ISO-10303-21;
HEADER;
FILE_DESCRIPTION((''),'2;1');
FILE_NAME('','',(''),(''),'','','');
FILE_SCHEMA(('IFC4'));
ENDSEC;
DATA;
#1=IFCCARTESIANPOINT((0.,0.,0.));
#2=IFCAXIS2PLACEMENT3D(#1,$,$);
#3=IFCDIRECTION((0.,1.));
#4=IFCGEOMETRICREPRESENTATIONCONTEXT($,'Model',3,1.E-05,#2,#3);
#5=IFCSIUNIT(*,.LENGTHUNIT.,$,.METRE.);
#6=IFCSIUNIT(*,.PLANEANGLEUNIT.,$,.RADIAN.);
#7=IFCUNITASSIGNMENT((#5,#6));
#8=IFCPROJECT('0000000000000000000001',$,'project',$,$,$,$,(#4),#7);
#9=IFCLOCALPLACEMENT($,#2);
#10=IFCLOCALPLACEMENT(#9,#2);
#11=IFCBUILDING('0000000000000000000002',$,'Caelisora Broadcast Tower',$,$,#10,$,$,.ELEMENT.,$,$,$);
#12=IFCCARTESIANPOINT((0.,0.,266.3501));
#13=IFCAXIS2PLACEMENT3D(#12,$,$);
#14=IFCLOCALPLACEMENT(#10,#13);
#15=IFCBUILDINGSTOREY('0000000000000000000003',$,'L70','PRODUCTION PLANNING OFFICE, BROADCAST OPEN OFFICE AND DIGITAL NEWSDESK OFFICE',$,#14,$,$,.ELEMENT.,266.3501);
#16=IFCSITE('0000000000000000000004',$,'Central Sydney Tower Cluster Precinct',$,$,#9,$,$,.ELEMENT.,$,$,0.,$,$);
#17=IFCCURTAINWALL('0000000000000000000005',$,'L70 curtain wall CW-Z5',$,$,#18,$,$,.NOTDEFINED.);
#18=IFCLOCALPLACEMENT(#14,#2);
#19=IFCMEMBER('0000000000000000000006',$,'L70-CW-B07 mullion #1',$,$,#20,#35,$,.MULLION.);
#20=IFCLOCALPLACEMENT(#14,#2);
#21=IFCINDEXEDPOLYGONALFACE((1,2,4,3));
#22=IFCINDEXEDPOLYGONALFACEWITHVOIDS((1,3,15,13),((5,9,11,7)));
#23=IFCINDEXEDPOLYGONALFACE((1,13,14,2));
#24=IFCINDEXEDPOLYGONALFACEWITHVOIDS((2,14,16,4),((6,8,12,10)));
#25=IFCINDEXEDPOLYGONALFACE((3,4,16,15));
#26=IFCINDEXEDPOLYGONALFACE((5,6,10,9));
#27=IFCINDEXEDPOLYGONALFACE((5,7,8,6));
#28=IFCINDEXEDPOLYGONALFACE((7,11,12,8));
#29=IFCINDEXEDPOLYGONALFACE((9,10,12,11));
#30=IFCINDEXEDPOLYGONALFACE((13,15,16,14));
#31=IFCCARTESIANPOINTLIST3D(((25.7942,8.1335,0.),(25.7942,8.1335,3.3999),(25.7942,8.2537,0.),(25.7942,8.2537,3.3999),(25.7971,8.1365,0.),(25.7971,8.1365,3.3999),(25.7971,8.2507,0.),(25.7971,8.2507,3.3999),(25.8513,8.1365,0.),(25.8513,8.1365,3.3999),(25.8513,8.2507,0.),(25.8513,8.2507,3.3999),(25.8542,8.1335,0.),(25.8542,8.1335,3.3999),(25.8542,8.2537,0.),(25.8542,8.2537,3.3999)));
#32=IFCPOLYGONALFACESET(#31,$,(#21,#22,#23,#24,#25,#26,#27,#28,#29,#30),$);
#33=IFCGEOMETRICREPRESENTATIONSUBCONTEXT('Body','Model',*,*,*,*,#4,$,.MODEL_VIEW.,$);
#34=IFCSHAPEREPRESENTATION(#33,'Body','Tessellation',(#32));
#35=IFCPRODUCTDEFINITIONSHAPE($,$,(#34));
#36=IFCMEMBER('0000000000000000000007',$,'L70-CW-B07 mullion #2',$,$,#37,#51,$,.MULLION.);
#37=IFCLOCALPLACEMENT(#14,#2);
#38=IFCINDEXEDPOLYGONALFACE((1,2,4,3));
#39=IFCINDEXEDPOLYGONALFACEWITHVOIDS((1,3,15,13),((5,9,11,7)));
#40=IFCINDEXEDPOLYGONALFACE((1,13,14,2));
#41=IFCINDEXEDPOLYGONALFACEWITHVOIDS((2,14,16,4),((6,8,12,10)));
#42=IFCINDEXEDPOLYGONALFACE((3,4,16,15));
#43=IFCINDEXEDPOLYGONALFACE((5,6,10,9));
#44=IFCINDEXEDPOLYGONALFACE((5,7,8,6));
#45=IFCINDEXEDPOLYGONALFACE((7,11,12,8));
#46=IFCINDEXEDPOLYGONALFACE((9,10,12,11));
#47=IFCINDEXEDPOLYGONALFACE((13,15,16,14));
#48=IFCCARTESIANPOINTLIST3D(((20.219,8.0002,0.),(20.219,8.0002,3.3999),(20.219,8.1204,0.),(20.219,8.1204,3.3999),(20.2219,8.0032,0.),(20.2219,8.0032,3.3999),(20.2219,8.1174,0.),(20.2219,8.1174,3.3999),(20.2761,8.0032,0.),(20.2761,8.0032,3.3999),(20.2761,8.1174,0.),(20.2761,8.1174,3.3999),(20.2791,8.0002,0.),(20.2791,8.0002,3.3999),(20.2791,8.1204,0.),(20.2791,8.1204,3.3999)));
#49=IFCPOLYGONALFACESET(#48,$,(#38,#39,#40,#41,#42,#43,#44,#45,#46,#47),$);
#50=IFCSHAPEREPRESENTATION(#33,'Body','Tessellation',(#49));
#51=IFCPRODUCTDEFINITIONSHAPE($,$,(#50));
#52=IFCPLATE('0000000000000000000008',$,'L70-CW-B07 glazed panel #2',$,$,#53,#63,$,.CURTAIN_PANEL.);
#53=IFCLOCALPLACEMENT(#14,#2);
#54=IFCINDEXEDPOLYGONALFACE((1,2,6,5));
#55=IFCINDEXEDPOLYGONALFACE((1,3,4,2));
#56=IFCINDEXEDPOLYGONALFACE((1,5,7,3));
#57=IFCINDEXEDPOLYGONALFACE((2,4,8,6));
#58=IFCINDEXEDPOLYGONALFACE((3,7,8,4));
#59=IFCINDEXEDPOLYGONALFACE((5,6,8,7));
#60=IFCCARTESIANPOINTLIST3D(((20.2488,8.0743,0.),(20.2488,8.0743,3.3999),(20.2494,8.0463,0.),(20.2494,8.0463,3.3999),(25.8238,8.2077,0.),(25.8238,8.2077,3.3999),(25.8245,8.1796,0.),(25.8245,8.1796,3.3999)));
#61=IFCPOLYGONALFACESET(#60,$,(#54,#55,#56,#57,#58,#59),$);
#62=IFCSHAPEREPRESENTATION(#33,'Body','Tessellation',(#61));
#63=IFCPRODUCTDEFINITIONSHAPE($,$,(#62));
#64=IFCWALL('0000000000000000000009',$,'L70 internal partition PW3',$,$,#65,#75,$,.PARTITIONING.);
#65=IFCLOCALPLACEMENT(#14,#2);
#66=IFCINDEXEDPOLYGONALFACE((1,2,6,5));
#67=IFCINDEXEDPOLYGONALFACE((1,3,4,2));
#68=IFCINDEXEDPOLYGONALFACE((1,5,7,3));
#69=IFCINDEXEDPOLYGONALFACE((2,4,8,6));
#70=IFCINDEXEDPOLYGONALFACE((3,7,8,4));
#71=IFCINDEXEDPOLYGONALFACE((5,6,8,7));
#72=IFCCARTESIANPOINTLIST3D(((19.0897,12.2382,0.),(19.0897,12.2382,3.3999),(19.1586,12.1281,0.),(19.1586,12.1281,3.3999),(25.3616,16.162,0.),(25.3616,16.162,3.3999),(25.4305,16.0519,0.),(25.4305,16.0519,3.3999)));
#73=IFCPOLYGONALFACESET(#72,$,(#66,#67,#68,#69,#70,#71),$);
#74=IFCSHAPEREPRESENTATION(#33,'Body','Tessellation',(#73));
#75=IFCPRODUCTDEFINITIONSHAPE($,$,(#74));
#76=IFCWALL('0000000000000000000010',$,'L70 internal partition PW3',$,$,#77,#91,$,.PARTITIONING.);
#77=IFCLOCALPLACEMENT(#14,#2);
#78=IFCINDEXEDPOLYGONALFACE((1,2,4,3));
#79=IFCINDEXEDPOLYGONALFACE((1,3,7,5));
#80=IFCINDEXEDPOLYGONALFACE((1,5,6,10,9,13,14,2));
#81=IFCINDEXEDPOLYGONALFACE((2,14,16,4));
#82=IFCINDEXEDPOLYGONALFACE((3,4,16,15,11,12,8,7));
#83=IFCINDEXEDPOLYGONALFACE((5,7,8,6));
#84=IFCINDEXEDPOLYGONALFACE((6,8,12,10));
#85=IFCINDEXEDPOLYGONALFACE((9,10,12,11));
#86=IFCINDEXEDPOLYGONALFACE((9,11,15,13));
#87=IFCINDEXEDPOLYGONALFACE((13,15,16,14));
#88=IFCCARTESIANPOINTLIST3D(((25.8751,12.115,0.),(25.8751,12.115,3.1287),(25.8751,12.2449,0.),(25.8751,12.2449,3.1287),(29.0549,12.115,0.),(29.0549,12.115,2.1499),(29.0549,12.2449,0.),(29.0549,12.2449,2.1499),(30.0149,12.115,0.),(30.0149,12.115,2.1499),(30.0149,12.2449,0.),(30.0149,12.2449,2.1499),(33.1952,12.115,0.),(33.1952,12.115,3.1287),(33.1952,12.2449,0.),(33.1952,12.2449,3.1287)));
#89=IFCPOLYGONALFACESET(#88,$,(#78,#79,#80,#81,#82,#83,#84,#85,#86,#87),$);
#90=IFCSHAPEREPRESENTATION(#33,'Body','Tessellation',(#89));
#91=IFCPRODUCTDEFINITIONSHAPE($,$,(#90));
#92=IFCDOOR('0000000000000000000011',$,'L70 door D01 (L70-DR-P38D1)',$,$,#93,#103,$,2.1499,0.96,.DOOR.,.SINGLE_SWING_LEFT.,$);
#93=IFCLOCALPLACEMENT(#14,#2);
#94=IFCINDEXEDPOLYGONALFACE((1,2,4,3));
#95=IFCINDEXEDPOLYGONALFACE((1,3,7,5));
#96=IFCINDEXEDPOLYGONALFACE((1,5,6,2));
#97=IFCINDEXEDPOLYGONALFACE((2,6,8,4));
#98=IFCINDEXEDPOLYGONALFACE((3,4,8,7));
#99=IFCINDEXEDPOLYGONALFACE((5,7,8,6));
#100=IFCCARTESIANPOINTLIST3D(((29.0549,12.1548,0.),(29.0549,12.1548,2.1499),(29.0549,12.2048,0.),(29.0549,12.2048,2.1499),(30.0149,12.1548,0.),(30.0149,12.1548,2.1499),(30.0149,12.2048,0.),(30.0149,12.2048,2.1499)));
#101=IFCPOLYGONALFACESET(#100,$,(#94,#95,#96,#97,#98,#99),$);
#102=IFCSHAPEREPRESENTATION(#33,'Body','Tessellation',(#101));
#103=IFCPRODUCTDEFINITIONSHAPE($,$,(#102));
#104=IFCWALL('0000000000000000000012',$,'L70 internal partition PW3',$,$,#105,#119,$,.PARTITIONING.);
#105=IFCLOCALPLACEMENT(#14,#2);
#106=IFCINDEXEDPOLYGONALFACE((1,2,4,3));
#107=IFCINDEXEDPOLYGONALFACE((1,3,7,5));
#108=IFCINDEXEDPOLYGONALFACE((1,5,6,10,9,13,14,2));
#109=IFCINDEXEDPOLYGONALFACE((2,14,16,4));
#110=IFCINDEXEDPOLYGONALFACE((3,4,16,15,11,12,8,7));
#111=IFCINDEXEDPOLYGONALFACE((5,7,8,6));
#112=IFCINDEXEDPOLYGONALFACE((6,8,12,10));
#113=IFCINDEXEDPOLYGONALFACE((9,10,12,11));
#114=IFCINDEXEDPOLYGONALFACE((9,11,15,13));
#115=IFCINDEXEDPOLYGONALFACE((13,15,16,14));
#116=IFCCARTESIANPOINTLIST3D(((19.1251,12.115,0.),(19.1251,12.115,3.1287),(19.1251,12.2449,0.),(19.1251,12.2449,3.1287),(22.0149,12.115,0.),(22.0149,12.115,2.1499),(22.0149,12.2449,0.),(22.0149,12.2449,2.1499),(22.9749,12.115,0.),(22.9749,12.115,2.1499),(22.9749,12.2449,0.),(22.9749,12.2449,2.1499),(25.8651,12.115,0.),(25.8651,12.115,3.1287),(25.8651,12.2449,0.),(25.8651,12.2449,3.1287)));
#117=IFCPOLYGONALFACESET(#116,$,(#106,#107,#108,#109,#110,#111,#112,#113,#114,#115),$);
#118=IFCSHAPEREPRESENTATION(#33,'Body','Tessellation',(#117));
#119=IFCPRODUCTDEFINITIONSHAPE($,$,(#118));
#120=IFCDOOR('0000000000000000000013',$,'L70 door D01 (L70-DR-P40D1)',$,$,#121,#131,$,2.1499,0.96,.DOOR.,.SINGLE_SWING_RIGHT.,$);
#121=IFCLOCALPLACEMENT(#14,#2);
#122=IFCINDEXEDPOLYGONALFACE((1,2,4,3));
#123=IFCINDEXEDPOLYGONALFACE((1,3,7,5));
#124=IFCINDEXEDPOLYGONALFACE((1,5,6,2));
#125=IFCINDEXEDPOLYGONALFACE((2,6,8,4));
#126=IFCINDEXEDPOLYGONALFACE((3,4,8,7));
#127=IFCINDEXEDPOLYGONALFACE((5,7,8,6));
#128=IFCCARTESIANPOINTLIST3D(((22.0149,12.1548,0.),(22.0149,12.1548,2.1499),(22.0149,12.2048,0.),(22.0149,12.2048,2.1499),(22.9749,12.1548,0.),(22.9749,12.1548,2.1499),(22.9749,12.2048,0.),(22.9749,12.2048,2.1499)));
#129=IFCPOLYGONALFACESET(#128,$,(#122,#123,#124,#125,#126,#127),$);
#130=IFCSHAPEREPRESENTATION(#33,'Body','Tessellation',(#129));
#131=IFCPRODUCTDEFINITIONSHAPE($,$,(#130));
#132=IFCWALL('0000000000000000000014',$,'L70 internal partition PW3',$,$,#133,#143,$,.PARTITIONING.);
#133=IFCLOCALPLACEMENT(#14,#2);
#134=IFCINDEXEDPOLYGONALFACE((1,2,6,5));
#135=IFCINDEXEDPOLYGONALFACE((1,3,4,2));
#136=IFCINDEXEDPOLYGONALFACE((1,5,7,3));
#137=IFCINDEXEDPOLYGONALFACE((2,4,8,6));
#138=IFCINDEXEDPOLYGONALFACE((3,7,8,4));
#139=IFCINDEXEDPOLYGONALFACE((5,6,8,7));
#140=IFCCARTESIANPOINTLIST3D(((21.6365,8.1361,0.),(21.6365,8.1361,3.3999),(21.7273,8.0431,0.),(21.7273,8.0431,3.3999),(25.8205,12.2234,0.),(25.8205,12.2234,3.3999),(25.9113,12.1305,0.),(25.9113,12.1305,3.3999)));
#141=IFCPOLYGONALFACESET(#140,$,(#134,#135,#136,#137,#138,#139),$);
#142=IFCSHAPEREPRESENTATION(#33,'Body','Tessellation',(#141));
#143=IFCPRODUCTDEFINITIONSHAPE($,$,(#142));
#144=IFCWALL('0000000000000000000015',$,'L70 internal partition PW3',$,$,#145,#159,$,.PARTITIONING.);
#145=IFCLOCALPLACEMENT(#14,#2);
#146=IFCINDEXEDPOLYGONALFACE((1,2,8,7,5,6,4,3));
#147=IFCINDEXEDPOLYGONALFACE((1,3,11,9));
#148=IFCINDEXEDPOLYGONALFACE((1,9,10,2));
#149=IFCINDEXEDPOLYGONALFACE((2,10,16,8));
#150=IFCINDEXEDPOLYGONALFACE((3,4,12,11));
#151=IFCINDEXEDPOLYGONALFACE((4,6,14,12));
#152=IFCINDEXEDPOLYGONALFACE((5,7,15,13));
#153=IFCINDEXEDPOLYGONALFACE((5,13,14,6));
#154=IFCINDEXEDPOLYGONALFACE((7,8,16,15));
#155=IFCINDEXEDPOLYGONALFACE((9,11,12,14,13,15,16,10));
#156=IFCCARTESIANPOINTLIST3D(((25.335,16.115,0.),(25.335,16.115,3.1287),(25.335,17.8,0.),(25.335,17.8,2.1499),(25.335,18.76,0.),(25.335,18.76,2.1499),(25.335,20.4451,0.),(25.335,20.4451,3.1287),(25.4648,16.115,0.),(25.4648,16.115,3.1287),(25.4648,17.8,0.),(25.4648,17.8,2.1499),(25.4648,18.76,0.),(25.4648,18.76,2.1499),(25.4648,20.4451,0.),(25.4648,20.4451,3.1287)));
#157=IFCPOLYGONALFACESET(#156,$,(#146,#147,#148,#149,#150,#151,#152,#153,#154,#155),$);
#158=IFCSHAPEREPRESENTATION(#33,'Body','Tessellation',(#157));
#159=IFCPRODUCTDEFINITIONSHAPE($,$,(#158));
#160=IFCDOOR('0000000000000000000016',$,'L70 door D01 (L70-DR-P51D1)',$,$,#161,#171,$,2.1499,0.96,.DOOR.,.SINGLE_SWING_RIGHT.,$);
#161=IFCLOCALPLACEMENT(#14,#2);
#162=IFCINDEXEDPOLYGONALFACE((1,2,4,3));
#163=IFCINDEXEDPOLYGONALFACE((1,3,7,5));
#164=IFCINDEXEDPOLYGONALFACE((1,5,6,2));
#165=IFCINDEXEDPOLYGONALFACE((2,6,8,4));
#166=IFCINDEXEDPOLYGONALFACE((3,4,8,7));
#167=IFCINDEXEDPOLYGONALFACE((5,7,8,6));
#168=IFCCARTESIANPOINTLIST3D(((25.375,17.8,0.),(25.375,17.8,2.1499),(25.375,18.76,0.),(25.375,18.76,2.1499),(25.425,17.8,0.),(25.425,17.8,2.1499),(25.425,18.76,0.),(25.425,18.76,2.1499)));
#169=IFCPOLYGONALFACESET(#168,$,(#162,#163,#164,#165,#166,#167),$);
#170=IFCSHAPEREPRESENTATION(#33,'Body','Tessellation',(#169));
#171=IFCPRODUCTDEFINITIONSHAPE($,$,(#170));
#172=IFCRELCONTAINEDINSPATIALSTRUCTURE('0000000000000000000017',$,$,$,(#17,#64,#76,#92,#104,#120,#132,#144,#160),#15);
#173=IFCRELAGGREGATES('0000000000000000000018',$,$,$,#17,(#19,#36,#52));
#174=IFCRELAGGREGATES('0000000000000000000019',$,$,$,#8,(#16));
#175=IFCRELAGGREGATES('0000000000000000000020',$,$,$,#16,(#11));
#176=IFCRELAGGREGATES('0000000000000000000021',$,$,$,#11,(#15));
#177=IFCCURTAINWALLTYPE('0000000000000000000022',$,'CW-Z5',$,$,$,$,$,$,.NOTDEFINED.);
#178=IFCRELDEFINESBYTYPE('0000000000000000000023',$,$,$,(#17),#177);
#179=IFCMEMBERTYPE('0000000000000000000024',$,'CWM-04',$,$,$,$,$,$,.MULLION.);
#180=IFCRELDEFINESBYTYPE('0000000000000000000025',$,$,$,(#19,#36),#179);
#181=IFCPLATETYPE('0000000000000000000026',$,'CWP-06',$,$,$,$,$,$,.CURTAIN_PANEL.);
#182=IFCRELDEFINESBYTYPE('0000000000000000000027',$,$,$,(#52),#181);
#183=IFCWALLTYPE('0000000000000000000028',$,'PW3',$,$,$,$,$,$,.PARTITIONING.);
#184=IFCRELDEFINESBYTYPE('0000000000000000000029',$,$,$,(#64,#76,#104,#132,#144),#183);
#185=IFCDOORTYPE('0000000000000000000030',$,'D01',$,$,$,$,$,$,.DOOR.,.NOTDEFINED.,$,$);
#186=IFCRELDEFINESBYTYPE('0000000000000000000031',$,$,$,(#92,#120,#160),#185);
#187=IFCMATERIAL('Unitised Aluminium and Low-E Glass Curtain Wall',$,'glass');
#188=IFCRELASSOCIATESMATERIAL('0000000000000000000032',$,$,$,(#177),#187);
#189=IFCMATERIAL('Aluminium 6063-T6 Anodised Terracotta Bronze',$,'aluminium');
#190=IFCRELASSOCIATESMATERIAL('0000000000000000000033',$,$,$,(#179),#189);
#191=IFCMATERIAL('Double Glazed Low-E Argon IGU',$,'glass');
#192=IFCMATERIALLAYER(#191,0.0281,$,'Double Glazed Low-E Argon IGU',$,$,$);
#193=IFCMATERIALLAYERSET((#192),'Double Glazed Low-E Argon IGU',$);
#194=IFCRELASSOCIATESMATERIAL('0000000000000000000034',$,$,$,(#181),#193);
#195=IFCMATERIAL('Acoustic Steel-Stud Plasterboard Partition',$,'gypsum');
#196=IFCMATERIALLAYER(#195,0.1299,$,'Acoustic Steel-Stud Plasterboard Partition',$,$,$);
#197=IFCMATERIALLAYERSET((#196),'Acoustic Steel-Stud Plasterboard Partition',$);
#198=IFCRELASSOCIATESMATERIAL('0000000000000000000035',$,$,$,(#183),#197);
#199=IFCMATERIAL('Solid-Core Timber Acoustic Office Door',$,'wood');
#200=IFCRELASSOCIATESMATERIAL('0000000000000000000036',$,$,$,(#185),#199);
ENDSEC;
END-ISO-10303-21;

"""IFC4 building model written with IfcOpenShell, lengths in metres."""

from ifc_helpers import new_model, si_unit, direction, frame, frame_2d, origin, origin_2d, place, context, subcontext, project, spatial, rectangle, hollow_rectangle, extrude, source, transform, mapped, material, layer, layer_set, material_profile, profile_set, type_object, type_shapes, element, fill, aggregate, save


model = new_model("IFC4")

# Units and contexts
model_context = context("Model", 3, precision=1e-05, world=origin(), true_north=direction((0.0, 1.0)))
body_context = subcontext(model_context, "Body", "Model", "MODEL_VIEW")
ifc_project = project(units=[si_unit("LENGTHUNIT", "METRE"), si_unit("PLANEANGLEUNIT", "RADIAN")], contexts=[model_context])

# Site, building, storey
site_placement = place(None, origin())
site = spatial("IfcSite", under=ifc_project, at=site_placement, Name="Central Sydney Tower Cluster Precinct", CompositionType="ELEMENT", RefElevation=0.0)
building_placement = place(site_placement, origin())
building = spatial("IfcBuilding", under=site, at=building_placement, Name="Caelisora Broadcast Tower", CompositionType="ELEMENT")
storey_placement = place(building_placement, frame((0.0, 0.0, 266.3501)))
storey = spatial("IfcBuildingStorey", under=building, at=storey_placement, Name="L70", Description="PRODUCTION PLANNING OFFICE, BROADCAST OPEN OFFICE AND DIGITAL NEWSDESK OFFICE", CompositionType="ELEMENT", Elevation=266.3501)

# Curtain wall, members, plate
ifc_material_1 = material(Name="Unitised Aluminium and Low-E Glass Curtain Wall", Category="glass")
curtain_wall_type = type_object("IfcCurtainWallType", Name="CW-Z5", PredefinedType="NOTDEFINED", material=ifc_material_1)
curtain_wall_placement = place(storey_placement, origin())
curtain_wall = element("IfcCurtainWall", 1, at=curtain_wall_placement, inside=storey, type_object=curtain_wall_type, Name="L70 curtain wall CW-Z5", PredefinedType="NOTDEFINED")
ifc_material_2 = material(Name="Aluminium 6063-T6 Anodised Terracotta Bronze", Category="aluminium")
ifc_material_profile_1 = material_profile(ifc_material_2, hollow_rectangle(XDim=0.0601, YDim=0.1201, WallThickness=0.0029, at=origin_2d()), Name="Aluminium 6063-T6 Anodised Terracotta Bronze")
ifc_profile_set_1 = profile_set([ifc_material_profile_1], Name="Aluminium 6063-T6 Anodised Terracotta Bronze")
member_type = type_object("IfcMemberType", Name="CWM-04", PredefinedType="MULLION", material=ifc_profile_set_1)
shared_shape_1 = source(origin(), body_context, "Body", "SweptSolid", [
    extrude(hollow_rectangle(XDim=0.0601, YDim=0.1201, WallThickness=0.0029, at=origin_2d()), origin(), (0.0, 0.0, 1.0), 3.3999),
])
type_shapes(member_type, [shared_shape_1])
member_1_placement = place(storey_placement, frame((25.8242, 8.1936, 0.0), z_axis=(0.0, 0.0, 1.0), x_axis=(1.0, 0.0, 0.0)))
member_1 = element("IfcMember", 2, at=member_1_placement, type_object=member_type, Name="L70-CW-B07 mullion #1", PredefinedType="MULLION", context=body_context, shape_type="MappedRepresentation", body=[
    mapped(shared_shape_1, transform((0.0, 0.0, 0.0), scale=1.0)),
])
member_2_placement = place(storey_placement, frame((20.249, 8.0603, 0.0), z_axis=(0.0, 0.0, 1.0), x_axis=(1.0, 0.0, 0.0)))
member_2 = element("IfcMember", 3, at=member_2_placement, type_object=member_type, Name="L70-CW-B07 mullion #2", PredefinedType="MULLION", context=body_context, shape_type="MappedRepresentation", body=[
    mapped(shared_shape_1, transform((0.0, 0.0, 0.0), scale=1.0)),
])
ifc_material_3 = material(Name="Double Glazed Low-E Argon IGU", Category="glass")
ifc_layer_1 = layer(ifc_material_3, 0.0281, Name="Double Glazed Low-E Argon IGU")
ifc_layer_set_1 = layer_set([ifc_layer_1], Name="Double Glazed Low-E Argon IGU")
plate_type = type_object("IfcPlateType", Name="CWP-06", PredefinedType="CURTAIN_PANEL", material=ifc_layer_set_1)
shared_shape_2 = source(origin(), body_context, "Body", "SweptSolid", [
    extrude(rectangle(XDim=5.5767, YDim=0.0281, at=origin_2d()), origin(), (0.0, 0.0, 1.0), 3.3999),
])
type_shapes(plate_type, [shared_shape_2])
plate_placement = place(storey_placement, frame((23.0366, 8.127, 0.0), z_axis=(0.0, 0.0, 1.0), x_axis=(-0.999714, -0.023909, 0.0)))
plate = element("IfcPlate", 4, at=plate_placement, type_object=plate_type, Name="L70-CW-B07 glazed panel #2", PredefinedType="CURTAIN_PANEL", context=body_context, shape_type="MappedRepresentation", body=[
    mapped(shared_shape_2, transform((0.0, 0.0, 0.0), scale=1.0)),
])
aggregate(curtain_wall, [member_1, member_2, plate])

# Wall
ifc_material_4 = material(Name="Acoustic Steel-Stud Plasterboard Partition", Category="gypsum")
ifc_layer_2 = layer(ifc_material_4, 0.1299, Name="Acoustic Steel-Stud Plasterboard Partition")
ifc_layer_set_2 = layer_set([ifc_layer_2], Name="Acoustic Steel-Stud Plasterboard Partition")
wall_type = type_object("IfcWallType", Name="PW3", PredefinedType="PARTITIONING", material=ifc_layer_set_2)
wall_1_placement = place(storey_placement, frame((19.124, 12.1831, 0.0), z_axis=(0.0, 0.0, 1.0), x_axis=(0.847765, 0.530373, 0.0)))
element("IfcWall", 5, at=wall_1_placement, inside=storey, type_object=wall_type, Name="L70 internal partition PW3", PredefinedType="PARTITIONING", context=body_context, shape_type="SweptSolid", body=[
    extrude(rectangle(XDim=7.3982, YDim=0.1299, at=frame_2d((3.6992, 0.0))), origin(), (0.0, 0.0, 1.0), 3.3999),
])

# Walls, openings, doors
wall_2_placement = place(storey_placement, frame((25.875, 12.1799, 0.0), z_axis=(0.0, 0.0, 1.0), x_axis=(1.0, 0.0, 0.0)))
wall_2 = element("IfcWall", 6, at=wall_2_placement, inside=storey, type_object=wall_type, Name="L70 internal partition PW3", PredefinedType="PARTITIONING", context=body_context, shape_type="SweptSolid", body=[
    extrude(rectangle(XDim=7.3201, YDim=0.1299, at=frame_2d((3.6602, 0.0))), origin(), (0.0, 0.0, 1.0), 3.1287),
])
opening_1_placement = place(wall_2_placement, frame((3.1799, 0.0, 0.0)))
opening_1 = element("IfcOpeningElement", 7, at=opening_1_placement, cuts=wall_2, PredefinedType="OPENING", context=body_context, shape_type="SweptSolid", body=[
    extrude(rectangle(XDim=0.96, YDim=2.1499, at=frame_2d((0.48, 1.075))), frame((0.0, 0.0769, 0.0), z_axis=(0.0, -1.0, 0.0), x_axis=(1.0, 0.0, 0.0)), (0.0, 0.0, 1.0), 0.1538),
])
ifc_material_5 = material(Name="Solid-Core Timber Acoustic Office Door", Category="wood")
door_type = type_object("IfcDoorType", Name="D01", OperationType="NOTDEFINED", PredefinedType="DOOR", material=ifc_material_5)
door_1_placement = place(opening_1_placement, origin())
door_1 = element("IfcDoor", 8, at=door_1_placement, inside=storey, type_object=door_type, Name="L70 door D01 (L70-DR-P38D1)", OperationType="SINGLE_SWING_LEFT", OverallHeight=2.1499, OverallWidth=0.96, PredefinedType="DOOR", context=body_context, shape_type="SweptSolid", body=[
    extrude(rectangle(XDim=0.96, YDim=2.1499, at=frame_2d((0.48, 1.075))), frame((0.0, 0.0249, 0.0), z_axis=(0.0, -1.0, 0.0), x_axis=(1.0, 0.0, 0.0)), (0.0, 0.0, 1.0), 0.05),
])
fill(opening_1, door_1)
wall_3_placement = place(storey_placement, frame((19.125, 12.1799, 0.0), z_axis=(0.0, 0.0, 1.0), x_axis=(1.0, 0.0, 0.0)))
wall_3 = element("IfcWall", 9, at=wall_3_placement, inside=storey, type_object=wall_type, Name="L70 internal partition PW3", PredefinedType="PARTITIONING", context=body_context, shape_type="SweptSolid", body=[
    extrude(rectangle(XDim=6.74, YDim=0.1299, at=frame_2d((3.3701, 0.0))), origin(), (0.0, 0.0, 1.0), 3.1287),
])
opening_2_placement = place(wall_3_placement, frame((2.8899, 0.0, 0.0)))
opening_2 = element("IfcOpeningElement", 10, at=opening_2_placement, cuts=wall_3, PredefinedType="OPENING", context=body_context, shape_type="SweptSolid", body=[
    extrude(rectangle(XDim=0.96, YDim=2.1499, at=frame_2d((0.48, 1.075))), frame((0.0, 0.0769, 0.0), z_axis=(0.0, -1.0, 0.0), x_axis=(1.0, 0.0, 0.0)), (0.0, 0.0, 1.0), 0.1538),
])
door_2_placement = place(opening_2_placement, origin())
door_2 = element("IfcDoor", 11, at=door_2_placement, inside=storey, type_object=door_type, Name="L70 door D01 (L70-DR-P40D1)", OperationType="SINGLE_SWING_RIGHT", OverallHeight=2.1499, OverallWidth=0.96, PredefinedType="DOOR", context=body_context, shape_type="SweptSolid", body=[
    extrude(rectangle(XDim=0.96, YDim=2.1499, at=frame_2d((0.48, 1.075))), frame((0.0, 0.0249, 0.0), z_axis=(0.0, -1.0, 0.0), x_axis=(1.0, 0.0, 0.0)), (0.0, 0.0, 1.0), 0.05),
])
fill(opening_2, door_2)

# Wall
wall_4_placement = place(storey_placement, frame((21.6819, 8.0896, 0.0), z_axis=(0.0, 0.0, 1.0), x_axis=(0.715323, 0.698794, 0.0)))
element("IfcWall", 12, at=wall_4_placement, inside=storey, type_object=wall_type, Name="L70 internal partition PW3", PredefinedType="PARTITIONING", context=body_context, shape_type="SweptSolid", body=[
    extrude(rectangle(XDim=5.8491, YDim=0.1299, at=frame_2d((2.9246, 0.0))), origin(), (0.0, 0.0, 1.0), 3.3999),
])

# Wall, opening, door
wall_5_placement = place(storey_placement, frame((25.3999, 16.115, 0.0), z_axis=(0.0, 0.0, 1.0), x_axis=(0.0, 1.0, 0.0)))
wall_5 = element("IfcWall", 13, at=wall_5_placement, inside=storey, type_object=wall_type, Name="L70 internal partition PW3", PredefinedType="PARTITIONING", context=body_context, shape_type="SweptSolid", body=[
    extrude(rectangle(XDim=4.3301, YDim=0.1299, at=frame_2d((2.165, 0.0))), origin(), (0.0, 0.0, 1.0), 3.1287),
])
opening_3_placement = place(wall_5_placement, frame((1.6851, 0.0, 0.0)))
opening_3 = element("IfcOpeningElement", 14, at=opening_3_placement, cuts=wall_5, PredefinedType="OPENING", context=body_context, shape_type="SweptSolid", body=[
    extrude(rectangle(XDim=0.96, YDim=2.1499, at=frame_2d((0.48, 1.075))), frame((0.0, 0.0769, 0.0), z_axis=(0.0, -1.0, 0.0), x_axis=(1.0, 0.0, 0.0)), (0.0, 0.0, 1.0), 0.1538),
])
door_3_placement = place(opening_3_placement, origin())
door_3 = element("IfcDoor", 15, at=door_3_placement, inside=storey, type_object=door_type, Name="L70 door D01 (L70-DR-P51D1)", OperationType="SINGLE_SWING_RIGHT", OverallHeight=2.1499, OverallWidth=0.96, PredefinedType="DOOR", context=body_context, shape_type="SweptSolid", body=[
    extrude(rectangle(XDim=0.96, YDim=2.1499, at=frame_2d((0.48, 1.075))), frame((0.0, 0.0249, 0.0), z_axis=(0.0, -1.0, 0.0), x_axis=(1.0, 0.0, 0.0)), (0.0, 0.0, 1.0), 0.05),
])
fill(opening_3, door_3)

save(model, "model.ifc")
